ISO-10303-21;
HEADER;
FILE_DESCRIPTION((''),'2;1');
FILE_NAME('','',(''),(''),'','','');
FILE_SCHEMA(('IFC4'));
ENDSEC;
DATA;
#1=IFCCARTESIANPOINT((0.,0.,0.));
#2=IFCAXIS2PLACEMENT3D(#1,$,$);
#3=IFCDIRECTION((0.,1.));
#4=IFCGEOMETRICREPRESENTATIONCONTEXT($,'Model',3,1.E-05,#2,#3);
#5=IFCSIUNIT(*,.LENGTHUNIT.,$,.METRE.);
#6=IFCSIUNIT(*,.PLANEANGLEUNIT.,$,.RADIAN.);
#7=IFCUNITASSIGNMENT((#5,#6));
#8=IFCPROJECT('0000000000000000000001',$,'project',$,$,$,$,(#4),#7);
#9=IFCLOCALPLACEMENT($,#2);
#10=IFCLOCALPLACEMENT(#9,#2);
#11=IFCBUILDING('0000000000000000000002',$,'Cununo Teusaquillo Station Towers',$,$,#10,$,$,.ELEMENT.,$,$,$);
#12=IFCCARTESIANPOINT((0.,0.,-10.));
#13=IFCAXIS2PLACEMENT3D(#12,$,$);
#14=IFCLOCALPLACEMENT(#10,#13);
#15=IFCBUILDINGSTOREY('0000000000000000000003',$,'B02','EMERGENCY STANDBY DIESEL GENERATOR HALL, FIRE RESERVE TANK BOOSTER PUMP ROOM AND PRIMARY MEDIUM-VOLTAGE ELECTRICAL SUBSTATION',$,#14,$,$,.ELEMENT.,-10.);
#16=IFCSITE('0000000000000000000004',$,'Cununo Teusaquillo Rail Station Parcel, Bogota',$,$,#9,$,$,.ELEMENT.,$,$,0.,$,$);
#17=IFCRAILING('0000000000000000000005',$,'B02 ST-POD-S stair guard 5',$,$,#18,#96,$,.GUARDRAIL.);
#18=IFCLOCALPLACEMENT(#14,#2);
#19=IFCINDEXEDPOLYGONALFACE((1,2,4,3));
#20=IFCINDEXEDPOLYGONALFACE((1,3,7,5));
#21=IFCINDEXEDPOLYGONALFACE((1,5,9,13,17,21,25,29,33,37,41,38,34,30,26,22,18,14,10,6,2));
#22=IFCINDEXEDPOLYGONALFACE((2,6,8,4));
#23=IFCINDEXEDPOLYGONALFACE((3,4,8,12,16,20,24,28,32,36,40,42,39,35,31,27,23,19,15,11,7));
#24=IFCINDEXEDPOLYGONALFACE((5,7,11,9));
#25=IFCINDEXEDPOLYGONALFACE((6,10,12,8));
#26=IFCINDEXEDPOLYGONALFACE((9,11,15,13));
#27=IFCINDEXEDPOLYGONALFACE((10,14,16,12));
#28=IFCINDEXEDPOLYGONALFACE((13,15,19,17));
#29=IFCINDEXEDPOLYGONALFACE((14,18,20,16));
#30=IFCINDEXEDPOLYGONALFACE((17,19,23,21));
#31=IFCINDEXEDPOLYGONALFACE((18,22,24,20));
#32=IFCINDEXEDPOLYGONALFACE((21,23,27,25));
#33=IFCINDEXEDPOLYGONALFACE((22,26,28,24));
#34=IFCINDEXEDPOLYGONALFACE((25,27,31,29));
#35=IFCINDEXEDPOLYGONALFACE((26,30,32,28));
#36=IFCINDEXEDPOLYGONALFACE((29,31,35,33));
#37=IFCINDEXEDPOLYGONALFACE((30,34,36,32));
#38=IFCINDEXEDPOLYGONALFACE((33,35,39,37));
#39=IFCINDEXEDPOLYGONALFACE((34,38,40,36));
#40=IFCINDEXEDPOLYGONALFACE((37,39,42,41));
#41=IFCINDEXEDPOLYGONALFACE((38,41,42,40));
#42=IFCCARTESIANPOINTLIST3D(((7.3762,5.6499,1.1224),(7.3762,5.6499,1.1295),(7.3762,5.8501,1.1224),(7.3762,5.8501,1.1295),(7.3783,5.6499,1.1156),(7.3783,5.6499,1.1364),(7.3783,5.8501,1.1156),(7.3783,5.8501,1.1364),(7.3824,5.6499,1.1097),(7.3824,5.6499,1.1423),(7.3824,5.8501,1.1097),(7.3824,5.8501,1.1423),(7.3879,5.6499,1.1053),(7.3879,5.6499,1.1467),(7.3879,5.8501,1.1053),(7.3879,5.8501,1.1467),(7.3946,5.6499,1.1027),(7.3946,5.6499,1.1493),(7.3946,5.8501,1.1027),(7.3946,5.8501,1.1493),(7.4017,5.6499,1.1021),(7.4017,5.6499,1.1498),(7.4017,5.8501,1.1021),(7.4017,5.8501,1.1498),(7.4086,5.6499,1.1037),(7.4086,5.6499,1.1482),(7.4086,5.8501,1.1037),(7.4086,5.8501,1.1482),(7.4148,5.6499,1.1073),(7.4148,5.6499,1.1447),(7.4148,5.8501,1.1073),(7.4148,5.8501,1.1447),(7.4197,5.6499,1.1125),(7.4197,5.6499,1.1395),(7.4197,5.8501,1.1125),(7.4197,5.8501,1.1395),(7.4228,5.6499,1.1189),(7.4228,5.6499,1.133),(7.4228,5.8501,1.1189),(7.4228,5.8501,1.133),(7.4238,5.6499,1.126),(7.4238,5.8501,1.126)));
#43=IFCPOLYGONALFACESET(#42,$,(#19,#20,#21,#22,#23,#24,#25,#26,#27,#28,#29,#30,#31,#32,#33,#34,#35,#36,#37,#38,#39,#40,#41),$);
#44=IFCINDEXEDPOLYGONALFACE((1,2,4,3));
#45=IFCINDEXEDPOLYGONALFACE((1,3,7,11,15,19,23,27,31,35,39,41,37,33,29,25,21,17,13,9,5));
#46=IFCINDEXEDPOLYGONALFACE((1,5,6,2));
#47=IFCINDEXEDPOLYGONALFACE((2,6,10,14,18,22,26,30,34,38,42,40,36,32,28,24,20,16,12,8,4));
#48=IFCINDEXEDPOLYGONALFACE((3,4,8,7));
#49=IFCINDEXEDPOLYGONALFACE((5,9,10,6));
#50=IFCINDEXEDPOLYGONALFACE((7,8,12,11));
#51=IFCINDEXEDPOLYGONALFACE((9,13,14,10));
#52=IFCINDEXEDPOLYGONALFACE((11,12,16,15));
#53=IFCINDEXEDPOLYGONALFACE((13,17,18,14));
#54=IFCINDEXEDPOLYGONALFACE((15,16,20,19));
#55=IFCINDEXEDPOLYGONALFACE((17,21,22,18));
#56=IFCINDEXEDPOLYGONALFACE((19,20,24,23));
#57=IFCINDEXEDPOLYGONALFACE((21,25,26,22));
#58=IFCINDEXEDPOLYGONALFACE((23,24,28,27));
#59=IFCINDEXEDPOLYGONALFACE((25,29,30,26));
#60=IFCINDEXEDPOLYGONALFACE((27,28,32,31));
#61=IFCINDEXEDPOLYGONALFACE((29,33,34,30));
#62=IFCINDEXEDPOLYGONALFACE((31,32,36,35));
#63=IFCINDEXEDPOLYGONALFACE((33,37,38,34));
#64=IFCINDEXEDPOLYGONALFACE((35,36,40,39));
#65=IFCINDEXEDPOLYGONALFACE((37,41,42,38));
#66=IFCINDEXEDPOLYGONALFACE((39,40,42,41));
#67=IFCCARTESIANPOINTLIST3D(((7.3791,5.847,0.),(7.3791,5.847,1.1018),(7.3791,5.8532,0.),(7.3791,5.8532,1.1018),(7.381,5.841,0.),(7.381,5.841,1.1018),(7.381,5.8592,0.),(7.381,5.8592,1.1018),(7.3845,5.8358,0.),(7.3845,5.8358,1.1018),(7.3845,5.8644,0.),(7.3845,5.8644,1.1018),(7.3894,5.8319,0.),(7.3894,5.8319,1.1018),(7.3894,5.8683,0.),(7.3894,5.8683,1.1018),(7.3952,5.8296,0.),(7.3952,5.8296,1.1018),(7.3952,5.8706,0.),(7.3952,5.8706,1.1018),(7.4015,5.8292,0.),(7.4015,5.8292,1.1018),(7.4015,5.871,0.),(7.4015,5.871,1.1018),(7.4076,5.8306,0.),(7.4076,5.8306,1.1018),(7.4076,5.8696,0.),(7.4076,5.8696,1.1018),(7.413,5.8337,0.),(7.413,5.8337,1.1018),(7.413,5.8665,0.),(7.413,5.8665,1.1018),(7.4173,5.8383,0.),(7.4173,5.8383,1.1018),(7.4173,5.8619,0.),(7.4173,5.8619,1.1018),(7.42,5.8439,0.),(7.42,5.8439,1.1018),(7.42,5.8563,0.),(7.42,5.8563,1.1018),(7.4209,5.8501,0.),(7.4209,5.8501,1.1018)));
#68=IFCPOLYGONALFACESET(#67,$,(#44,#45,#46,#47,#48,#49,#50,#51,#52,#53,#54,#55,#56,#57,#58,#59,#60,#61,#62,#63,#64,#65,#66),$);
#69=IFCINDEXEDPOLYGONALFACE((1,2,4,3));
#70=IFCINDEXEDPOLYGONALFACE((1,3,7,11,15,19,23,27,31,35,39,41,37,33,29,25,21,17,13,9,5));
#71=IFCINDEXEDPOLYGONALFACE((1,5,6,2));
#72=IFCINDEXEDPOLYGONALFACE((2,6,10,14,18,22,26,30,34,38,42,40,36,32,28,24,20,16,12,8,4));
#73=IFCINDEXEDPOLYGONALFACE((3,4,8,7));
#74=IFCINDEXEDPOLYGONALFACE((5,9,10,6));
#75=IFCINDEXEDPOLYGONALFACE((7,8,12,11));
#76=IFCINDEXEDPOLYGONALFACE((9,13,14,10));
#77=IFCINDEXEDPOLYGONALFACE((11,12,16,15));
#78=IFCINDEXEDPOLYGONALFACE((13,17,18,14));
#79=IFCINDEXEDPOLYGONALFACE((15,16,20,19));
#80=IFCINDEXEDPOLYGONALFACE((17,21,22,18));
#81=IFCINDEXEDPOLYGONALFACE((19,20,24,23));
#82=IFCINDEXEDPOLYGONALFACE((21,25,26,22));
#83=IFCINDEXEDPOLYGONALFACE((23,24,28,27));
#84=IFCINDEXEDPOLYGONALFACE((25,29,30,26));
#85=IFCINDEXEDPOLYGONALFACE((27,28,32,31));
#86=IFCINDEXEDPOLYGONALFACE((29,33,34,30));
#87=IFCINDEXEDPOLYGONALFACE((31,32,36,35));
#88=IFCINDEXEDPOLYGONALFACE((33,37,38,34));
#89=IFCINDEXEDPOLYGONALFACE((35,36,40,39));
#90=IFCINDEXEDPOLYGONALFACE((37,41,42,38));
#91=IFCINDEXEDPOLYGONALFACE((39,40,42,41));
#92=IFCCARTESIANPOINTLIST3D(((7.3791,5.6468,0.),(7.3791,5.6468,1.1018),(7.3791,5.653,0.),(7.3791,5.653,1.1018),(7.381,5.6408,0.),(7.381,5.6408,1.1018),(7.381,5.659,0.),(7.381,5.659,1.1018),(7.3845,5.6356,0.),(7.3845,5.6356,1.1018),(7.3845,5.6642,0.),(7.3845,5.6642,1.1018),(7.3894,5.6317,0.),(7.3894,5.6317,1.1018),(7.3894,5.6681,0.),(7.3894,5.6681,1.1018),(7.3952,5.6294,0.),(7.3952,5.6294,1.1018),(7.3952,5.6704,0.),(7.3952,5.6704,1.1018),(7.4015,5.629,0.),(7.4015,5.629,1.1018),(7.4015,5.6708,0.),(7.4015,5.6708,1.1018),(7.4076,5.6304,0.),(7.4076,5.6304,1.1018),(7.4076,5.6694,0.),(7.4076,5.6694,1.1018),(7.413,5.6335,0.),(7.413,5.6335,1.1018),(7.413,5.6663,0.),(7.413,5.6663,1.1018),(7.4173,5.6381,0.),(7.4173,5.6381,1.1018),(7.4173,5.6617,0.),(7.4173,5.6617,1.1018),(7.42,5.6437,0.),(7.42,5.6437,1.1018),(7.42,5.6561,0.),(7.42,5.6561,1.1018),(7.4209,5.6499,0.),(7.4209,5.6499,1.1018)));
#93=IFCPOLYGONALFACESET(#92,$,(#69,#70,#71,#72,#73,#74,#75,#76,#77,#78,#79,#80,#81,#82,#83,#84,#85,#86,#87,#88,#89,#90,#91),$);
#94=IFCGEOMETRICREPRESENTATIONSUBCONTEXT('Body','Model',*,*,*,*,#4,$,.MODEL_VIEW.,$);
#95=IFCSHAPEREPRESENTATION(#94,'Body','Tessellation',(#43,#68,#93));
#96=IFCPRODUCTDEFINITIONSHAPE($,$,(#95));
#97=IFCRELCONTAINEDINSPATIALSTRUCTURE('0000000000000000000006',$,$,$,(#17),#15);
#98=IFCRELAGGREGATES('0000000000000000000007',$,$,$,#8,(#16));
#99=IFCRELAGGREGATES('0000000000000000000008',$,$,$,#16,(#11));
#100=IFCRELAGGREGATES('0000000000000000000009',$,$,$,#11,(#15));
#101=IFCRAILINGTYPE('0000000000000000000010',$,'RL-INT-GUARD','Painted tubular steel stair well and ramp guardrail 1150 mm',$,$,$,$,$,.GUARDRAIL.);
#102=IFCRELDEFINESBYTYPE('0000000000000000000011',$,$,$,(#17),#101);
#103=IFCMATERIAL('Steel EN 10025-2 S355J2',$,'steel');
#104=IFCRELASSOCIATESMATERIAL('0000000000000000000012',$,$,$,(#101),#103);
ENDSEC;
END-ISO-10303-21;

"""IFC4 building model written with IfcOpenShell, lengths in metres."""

from ifc_helpers import new_model, si_unit, direction, frame, origin, origin_2d, place, context, subcontext, project, spatial, circle, extrude, material, type_object, element, save


model = new_model("IFC4")

# Units and contexts
model_context = context("Model", 3, precision=1e-05, world=origin(), true_north=direction((0.0, 1.0)))
body_context = subcontext(model_context, "Body", "Model", "MODEL_VIEW")
ifc_project = project(units=[si_unit("LENGTHUNIT", "METRE"), si_unit("PLANEANGLEUNIT", "RADIAN")], contexts=[model_context])

# Site, building, storey
site_placement = place(None, origin())
site = spatial("IfcSite", under=ifc_project, at=site_placement, Name="Cununo Teusaquillo Rail Station Parcel, Bogota", CompositionType="ELEMENT", RefElevation=0.0)
building_placement = place(site_placement, origin())
building = spatial("IfcBuilding", under=site, at=building_placement, Name="Cununo Teusaquillo Station Towers", CompositionType="ELEMENT")
storey_placement = place(building_placement, frame((0.0, 0.0, -10.0)))
storey = spatial("IfcBuildingStorey", under=building, at=storey_placement, Name="B02", Description="EMERGENCY STANDBY DIESEL GENERATOR HALL, FIRE RESERVE TANK BOOSTER PUMP ROOM AND PRIMARY MEDIUM-VOLTAGE ELECTRICAL SUBSTATION", CompositionType="ELEMENT", Elevation=-10.0)

# Railing
ifc_material_1 = material(Name="Steel EN 10025-2 S355J2", Category="steel")
railing_type_1 = type_object("IfcRailingType", Name="RL-INT-GUARD", Description="Painted tubular steel stair well and ramp guardrail 1150 mm", PredefinedType="GUARDRAIL", material=ifc_material_1)
railing_1_placement = place(storey_placement, frame((7.3999, 5.8501, 0.0)))
element("IfcRailing", 1, at=railing_1_placement, inside=storey, type_object=railing_type_1, Name="B02 ST-POD-S stair guard 5", PredefinedType="GUARDRAIL", context=body_context, shape_type="SweptSolid", body=[
    extrude(circle(Radius=0.0239, at=origin_2d()), frame((0.0, 0.0, 1.126), z_axis=(0.0, -1.0, 0.0), x_axis=(1.0, 0.0, 0.0)), (0.0, 0.0, 1.0), 0.2002),
    extrude(circle(Radius=0.021, at=origin_2d()), origin(), (0.0, 0.0, 1.0), 1.1018),
    extrude(circle(Radius=0.021, at=origin_2d()), frame((0.0, -0.2002, 0.0)), (0.0, 0.0, 1.0), 1.1018),
])

save(model, "model.ifc")
